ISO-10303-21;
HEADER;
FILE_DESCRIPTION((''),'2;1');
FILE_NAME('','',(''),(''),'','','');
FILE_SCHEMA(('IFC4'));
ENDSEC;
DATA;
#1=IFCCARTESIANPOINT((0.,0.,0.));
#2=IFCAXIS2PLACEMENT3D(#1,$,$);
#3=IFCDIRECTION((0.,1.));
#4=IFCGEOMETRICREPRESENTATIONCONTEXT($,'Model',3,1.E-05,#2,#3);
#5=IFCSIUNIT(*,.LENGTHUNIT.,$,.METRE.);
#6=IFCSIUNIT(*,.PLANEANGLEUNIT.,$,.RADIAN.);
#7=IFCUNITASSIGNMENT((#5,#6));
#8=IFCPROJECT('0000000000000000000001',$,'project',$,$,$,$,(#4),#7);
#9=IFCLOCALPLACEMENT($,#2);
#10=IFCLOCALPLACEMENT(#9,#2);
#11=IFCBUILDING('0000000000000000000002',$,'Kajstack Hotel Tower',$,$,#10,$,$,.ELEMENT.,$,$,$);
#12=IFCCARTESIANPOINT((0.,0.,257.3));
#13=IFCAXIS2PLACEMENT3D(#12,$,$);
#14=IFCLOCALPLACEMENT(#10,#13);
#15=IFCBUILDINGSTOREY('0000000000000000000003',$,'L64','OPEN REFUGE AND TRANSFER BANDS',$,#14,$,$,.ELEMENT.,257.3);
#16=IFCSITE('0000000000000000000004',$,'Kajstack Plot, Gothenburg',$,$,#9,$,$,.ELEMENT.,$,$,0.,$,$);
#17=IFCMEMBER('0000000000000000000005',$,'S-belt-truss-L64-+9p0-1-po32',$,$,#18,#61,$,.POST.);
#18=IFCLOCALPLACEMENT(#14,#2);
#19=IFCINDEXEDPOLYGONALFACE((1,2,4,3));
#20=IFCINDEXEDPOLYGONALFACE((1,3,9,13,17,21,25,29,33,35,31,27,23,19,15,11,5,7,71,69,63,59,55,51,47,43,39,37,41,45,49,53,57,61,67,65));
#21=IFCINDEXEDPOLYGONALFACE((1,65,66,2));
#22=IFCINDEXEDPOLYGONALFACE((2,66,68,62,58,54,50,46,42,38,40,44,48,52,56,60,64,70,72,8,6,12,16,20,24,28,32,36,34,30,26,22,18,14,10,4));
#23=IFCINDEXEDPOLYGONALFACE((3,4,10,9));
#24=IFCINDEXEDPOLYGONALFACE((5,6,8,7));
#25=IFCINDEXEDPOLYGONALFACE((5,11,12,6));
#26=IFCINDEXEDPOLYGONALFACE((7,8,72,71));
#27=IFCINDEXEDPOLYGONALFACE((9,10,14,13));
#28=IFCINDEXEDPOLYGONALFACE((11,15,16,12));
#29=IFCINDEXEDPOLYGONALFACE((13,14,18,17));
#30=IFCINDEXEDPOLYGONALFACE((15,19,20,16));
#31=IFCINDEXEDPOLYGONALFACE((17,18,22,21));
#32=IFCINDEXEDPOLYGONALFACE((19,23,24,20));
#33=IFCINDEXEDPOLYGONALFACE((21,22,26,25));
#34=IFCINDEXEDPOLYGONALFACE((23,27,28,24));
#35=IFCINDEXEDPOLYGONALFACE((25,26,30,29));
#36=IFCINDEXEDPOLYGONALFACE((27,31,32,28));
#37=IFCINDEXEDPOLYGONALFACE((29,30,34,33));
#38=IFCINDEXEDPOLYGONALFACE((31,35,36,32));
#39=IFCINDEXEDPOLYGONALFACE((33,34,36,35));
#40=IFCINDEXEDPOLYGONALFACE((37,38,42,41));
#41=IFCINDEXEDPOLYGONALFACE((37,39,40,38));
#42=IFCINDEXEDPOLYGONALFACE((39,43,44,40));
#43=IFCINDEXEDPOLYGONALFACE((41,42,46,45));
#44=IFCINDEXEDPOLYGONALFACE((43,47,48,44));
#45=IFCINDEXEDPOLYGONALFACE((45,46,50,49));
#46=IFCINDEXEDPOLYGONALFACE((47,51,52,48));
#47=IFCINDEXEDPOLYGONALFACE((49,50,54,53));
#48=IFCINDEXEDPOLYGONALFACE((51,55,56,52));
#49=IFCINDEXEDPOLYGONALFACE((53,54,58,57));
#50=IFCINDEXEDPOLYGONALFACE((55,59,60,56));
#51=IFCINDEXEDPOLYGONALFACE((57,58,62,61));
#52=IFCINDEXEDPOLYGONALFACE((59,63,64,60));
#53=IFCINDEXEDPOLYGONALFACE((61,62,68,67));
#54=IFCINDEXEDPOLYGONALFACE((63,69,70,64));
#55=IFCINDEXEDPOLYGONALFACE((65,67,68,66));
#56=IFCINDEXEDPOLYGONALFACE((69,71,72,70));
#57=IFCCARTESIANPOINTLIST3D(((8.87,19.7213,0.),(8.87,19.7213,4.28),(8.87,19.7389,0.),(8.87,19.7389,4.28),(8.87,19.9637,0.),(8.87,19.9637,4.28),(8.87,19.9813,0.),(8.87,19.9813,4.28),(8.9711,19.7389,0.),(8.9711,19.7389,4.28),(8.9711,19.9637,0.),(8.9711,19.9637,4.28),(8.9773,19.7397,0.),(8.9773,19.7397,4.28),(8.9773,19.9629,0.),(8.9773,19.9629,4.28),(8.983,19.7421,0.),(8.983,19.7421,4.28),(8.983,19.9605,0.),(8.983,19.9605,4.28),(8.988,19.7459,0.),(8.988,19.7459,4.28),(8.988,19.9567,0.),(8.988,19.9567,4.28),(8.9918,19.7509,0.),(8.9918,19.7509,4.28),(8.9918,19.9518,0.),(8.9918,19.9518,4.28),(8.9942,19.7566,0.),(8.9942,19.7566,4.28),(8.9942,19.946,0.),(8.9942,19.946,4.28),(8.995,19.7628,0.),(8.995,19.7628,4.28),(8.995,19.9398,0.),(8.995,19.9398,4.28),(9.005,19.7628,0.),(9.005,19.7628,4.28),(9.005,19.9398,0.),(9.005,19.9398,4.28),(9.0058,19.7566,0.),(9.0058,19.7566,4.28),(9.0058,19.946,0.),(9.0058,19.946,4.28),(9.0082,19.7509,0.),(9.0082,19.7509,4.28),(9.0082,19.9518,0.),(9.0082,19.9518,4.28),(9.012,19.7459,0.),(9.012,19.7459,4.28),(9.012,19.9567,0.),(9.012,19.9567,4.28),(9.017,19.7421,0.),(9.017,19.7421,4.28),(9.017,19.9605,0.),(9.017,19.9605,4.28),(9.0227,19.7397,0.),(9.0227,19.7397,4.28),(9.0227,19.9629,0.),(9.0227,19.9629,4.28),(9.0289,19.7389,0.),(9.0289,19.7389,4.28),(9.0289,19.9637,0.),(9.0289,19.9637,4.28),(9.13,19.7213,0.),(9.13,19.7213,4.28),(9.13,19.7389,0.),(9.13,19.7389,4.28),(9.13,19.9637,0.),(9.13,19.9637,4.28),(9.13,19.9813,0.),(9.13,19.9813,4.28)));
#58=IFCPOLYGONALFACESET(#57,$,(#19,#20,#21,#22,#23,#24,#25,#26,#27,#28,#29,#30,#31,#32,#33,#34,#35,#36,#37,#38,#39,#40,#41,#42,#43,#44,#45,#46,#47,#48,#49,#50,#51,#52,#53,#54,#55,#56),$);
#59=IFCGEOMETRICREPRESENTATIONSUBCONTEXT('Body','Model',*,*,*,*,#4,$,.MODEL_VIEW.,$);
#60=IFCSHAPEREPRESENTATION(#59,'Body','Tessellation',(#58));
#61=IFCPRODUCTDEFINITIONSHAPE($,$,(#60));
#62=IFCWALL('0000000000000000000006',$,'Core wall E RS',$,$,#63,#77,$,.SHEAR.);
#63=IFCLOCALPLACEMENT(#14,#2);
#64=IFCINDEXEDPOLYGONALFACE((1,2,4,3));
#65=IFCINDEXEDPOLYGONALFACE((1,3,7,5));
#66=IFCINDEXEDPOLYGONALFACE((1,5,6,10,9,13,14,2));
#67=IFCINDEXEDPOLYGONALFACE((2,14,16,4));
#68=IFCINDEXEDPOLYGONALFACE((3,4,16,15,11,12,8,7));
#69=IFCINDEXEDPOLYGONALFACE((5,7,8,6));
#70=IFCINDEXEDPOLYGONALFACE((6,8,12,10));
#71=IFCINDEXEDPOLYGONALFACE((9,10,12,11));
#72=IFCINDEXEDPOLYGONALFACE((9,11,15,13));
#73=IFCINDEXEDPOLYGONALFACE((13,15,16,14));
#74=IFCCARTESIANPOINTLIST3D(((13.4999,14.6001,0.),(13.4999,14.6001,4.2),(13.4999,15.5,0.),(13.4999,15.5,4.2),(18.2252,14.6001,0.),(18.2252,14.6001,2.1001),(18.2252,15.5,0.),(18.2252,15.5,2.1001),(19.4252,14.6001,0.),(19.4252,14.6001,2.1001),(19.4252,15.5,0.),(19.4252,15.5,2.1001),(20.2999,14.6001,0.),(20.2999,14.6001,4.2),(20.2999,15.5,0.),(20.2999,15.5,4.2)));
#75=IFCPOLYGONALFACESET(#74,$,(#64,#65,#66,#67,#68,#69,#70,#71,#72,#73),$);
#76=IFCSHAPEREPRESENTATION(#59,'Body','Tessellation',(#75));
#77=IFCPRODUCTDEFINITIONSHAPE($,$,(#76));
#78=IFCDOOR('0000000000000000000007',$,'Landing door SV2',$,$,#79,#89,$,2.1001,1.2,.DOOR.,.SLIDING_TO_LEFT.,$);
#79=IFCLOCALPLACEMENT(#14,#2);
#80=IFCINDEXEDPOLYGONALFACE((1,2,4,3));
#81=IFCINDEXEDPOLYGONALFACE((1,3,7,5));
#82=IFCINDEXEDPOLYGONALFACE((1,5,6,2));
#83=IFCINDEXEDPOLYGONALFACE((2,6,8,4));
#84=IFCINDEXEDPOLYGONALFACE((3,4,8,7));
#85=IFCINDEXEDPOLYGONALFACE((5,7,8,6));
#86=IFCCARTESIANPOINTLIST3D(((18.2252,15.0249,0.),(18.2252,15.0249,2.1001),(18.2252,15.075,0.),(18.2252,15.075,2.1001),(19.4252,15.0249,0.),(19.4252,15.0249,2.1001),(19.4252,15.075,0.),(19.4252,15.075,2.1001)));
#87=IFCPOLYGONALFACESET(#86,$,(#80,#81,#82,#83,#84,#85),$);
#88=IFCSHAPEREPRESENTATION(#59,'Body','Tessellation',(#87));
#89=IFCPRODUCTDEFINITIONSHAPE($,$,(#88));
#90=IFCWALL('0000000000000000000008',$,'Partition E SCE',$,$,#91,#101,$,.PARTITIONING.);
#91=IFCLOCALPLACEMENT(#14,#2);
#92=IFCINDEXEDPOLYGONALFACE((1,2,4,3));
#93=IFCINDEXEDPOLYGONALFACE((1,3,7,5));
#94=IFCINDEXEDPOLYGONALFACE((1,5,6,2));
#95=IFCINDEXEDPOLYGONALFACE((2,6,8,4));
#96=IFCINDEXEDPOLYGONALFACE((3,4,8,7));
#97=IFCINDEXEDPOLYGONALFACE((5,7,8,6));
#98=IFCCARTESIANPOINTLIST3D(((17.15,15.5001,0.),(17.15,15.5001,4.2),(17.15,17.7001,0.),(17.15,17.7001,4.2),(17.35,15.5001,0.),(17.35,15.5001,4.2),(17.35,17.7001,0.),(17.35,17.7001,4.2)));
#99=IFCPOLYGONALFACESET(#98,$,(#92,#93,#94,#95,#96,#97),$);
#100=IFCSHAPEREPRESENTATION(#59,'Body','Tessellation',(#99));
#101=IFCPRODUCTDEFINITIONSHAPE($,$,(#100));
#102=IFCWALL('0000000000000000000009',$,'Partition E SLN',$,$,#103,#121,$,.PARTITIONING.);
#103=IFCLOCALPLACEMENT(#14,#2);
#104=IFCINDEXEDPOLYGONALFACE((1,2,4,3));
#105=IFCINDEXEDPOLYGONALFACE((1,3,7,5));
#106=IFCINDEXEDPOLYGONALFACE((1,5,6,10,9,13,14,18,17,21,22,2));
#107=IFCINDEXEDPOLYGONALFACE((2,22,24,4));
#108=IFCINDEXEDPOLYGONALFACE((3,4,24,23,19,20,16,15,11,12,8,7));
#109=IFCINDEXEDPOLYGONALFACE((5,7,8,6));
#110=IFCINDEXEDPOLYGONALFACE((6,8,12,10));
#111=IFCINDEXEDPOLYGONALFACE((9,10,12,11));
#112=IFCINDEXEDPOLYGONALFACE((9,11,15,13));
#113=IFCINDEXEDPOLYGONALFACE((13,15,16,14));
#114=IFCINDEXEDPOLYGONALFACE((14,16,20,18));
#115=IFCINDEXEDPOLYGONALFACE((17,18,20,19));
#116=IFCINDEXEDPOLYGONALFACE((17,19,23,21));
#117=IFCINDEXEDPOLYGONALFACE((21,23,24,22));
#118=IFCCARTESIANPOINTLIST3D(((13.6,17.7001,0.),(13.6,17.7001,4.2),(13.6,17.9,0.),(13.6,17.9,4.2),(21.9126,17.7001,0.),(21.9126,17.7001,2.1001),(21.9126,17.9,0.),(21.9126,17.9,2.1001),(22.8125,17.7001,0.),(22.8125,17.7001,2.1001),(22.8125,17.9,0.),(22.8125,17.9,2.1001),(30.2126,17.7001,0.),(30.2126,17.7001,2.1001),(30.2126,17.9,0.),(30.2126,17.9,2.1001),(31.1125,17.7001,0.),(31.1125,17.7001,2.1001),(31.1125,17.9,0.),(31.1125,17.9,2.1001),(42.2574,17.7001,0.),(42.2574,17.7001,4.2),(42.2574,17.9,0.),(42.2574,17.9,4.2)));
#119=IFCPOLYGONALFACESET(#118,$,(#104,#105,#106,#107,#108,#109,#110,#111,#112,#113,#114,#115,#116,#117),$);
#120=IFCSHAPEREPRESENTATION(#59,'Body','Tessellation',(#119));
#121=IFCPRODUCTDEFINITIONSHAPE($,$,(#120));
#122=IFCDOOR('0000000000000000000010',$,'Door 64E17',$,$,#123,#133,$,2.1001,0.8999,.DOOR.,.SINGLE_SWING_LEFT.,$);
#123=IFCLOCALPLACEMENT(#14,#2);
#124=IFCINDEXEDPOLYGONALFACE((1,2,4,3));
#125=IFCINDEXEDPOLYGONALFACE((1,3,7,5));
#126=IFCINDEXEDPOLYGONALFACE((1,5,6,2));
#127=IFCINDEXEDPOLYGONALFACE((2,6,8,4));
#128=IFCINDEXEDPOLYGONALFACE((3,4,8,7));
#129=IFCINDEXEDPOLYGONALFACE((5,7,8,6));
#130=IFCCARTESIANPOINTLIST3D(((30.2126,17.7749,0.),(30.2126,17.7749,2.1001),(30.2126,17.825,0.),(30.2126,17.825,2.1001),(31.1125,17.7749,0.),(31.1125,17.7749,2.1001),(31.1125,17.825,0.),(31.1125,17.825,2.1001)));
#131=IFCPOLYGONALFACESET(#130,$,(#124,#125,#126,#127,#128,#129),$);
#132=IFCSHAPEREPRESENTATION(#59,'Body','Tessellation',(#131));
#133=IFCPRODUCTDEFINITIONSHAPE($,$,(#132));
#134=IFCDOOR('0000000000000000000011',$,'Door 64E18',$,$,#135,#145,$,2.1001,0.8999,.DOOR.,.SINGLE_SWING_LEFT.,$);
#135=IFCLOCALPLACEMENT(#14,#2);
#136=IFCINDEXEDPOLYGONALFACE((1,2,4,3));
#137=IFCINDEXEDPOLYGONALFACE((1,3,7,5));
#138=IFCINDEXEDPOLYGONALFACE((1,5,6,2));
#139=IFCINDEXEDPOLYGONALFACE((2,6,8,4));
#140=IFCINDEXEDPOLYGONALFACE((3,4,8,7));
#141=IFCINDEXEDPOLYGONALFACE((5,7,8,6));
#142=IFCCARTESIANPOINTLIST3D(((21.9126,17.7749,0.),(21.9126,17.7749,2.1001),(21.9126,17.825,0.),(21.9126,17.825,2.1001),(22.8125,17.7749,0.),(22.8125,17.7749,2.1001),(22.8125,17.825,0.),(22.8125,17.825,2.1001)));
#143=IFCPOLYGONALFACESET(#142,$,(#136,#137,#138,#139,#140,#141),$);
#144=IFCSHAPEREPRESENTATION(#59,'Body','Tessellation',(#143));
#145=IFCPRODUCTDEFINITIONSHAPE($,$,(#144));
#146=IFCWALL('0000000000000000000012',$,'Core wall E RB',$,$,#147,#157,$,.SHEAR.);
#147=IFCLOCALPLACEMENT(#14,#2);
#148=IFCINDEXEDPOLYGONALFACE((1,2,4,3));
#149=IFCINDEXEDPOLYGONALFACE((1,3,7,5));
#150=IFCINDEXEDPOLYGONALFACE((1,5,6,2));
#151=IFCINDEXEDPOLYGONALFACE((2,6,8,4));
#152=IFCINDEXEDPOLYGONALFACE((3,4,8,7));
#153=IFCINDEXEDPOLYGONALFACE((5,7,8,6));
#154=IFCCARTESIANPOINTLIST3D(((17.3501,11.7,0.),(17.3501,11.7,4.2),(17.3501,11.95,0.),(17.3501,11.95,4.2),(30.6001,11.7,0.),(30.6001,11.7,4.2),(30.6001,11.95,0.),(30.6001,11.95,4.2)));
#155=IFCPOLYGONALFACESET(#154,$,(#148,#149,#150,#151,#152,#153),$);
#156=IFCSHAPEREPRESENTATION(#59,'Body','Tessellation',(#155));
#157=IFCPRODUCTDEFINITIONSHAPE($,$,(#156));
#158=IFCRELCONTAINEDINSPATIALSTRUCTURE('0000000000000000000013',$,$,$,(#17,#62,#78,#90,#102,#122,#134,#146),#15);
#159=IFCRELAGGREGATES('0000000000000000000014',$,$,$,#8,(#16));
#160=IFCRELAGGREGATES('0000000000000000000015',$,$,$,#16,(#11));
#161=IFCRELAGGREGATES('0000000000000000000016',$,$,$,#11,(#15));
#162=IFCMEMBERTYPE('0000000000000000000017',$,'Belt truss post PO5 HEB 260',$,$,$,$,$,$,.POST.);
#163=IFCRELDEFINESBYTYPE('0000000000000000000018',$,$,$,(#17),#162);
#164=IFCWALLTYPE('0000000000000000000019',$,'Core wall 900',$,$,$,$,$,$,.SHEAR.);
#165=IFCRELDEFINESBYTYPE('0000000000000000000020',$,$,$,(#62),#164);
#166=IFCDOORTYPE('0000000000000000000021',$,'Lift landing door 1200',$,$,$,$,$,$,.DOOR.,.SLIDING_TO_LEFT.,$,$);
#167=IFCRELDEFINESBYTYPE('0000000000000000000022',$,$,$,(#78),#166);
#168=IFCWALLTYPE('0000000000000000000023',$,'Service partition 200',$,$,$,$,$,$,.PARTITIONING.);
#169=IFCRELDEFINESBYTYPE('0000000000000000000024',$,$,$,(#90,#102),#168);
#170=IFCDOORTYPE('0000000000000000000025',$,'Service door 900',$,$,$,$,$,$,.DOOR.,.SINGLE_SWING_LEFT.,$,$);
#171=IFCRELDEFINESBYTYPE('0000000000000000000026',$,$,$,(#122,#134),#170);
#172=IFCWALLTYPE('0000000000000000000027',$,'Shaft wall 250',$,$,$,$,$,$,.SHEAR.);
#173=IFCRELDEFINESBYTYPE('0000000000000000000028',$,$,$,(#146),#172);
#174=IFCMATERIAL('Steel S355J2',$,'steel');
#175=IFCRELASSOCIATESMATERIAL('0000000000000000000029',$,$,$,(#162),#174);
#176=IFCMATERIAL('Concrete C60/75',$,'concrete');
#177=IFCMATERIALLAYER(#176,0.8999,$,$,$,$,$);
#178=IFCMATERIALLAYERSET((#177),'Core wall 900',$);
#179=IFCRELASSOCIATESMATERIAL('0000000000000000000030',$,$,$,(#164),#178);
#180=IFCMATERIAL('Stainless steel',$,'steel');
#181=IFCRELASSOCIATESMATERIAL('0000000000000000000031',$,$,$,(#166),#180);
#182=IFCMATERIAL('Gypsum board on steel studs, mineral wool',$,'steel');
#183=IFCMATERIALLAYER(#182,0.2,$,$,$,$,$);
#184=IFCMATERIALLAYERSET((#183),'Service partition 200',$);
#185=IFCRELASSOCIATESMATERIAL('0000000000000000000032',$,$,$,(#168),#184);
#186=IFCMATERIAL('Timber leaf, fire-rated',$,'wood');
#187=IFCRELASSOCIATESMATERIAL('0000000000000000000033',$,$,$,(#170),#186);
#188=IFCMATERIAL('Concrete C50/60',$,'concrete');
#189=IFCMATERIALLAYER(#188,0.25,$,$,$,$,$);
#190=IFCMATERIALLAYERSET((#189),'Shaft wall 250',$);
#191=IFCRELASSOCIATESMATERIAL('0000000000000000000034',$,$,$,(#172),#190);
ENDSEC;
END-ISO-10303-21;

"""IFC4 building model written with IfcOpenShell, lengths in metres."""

from ifc_helpers import new_model, si_unit, direction, frame, frame_2d, origin, origin_2d, place, context, subcontext, project, spatial, rectangle, i_section, extrude, material, layer, layer_set, material_profile, profile_set, type_object, element, fill, save


model = new_model("IFC4")

# Units and contexts
model_context = context("Model", 3, precision=1e-05, world=origin(), true_north=direction((0.0, 1.0)))
body_context = subcontext(model_context, "Body", "Model", "MODEL_VIEW")
ifc_project = project(units=[si_unit("LENGTHUNIT", "METRE"), si_unit("PLANEANGLEUNIT", "RADIAN")], contexts=[model_context])

# Site, building, storey
site_placement = place(None, origin())
site = spatial("IfcSite", under=ifc_project, at=site_placement, Name="Kajstack Plot, Gothenburg", CompositionType="ELEMENT", RefElevation=0.0)
building_placement = place(site_placement, origin())
building = spatial("IfcBuilding", under=site, at=building_placement, Name="Kajstack Hotel Tower", CompositionType="ELEMENT")
storey_placement = place(building_placement, frame((0.0, 0.0, 257.3)))
storey = spatial("IfcBuildingStorey", under=building, at=storey_placement, Name="L64", Description="OPEN REFUGE AND TRANSFER BANDS", CompositionType="ELEMENT", Elevation=257.3)

# Member
ifc_material_1 = material(Name="Steel S355J2", Category="steel")
ifc_material_profile_1 = material_profile(ifc_material_1, i_section(OverallWidth=0.26, OverallDepth=0.26, WebThickness=0.01, FlangeThickness=0.0176, FilletRadius=0.0239, at=origin_2d()), Name="HEB 260")
ifc_profile_set_1 = profile_set([ifc_material_profile_1], Name="Steel S355J2")
member_type_1 = type_object("IfcMemberType", Name="Belt truss post PO5 HEB 260", PredefinedType="POST", material=ifc_profile_set_1)
for number, where, z_axis, x_axis, name in (
    (1, (9.0, 19.8513, 0.0), (0.0, 0.0, 1.0), (1.0, 0.0, 0.0), "S-belt-truss-L64-+9p0-1-po32"),
):
    element("IfcMember", number, at=place(storey_placement, frame(where, z_axis=z_axis, x_axis=x_axis)), inside=storey, type_object=member_type_1, Name=name, PredefinedType="POST", context=body_context, shape_type="SweptSolid", body=[
        extrude(i_section(OverallWidth=0.26, OverallDepth=0.26, WebThickness=0.01, FlangeThickness=0.0176, FilletRadius=0.0239, at=origin_2d()), origin(), (0.0, 0.0, 1.0), 4.28),
    ])

# Wall, opening, door
ifc_material_2 = material(Name="Concrete C60/75", Category="concrete")
ifc_layer_1 = layer(ifc_material_2, 0.8999)
ifc_layer_set_1 = layer_set([ifc_layer_1], Name="Core wall 900")
wall_type_1 = type_object("IfcWallType", Name="Core wall 900", PredefinedType="SHEAR", material=ifc_layer_set_1)
wall_1_placement = place(storey_placement, frame((13.5, 15.05, 0.0), z_axis=(0.0, 0.0, 1.0), x_axis=(1.0, 0.0, 0.0)))
wall_1 = element("IfcWall", 2, at=wall_1_placement, inside=storey, type_object=wall_type_1, Name="Core wall E RS", PredefinedType="SHEAR", context=body_context, shape_type="SweptSolid", body=[
    extrude(rectangle(XDim=6.8, YDim=0.8999, at=frame_2d((3.3999, 0.0))), origin(), (0.0, 0.0, 1.0), 4.2),
])
opening_1_placement = place(wall_1_placement, frame((4.7251, 0.0, 0.0)))
opening_1 = element("IfcOpeningElement", 3, at=opening_1_placement, cuts=wall_1, PredefinedType="OPENING", context=body_context, shape_type="SweptSolid", body=[
    extrude(rectangle(XDim=1.2, YDim=2.1001, at=frame_2d((0.6001, 1.05))), frame((0.0, 0.46, 0.0), z_axis=(0.0, -1.0, 0.0), x_axis=(1.0, 0.0, 0.0)), (0.0, 0.0, 1.0), 0.9199),
])
ifc_material_3 = material(Name="Stainless steel", Category="steel")
door_type_1 = type_object("IfcDoorType", Name="Lift landing door 1200", OperationType="SLIDING_TO_LEFT", PredefinedType="DOOR", material=ifc_material_3)
door_1_placement = place(opening_1_placement, origin())
door_1 = element("IfcDoor", 4, at=door_1_placement, inside=storey, type_object=door_type_1, Name="Landing door SV2", OperationType="SLIDING_TO_LEFT", OverallHeight=2.1001, OverallWidth=1.2, PredefinedType="DOOR", context=body_context, shape_type="SweptSolid", body=[
    extrude(rectangle(XDim=1.2, YDim=2.1001, at=frame_2d((0.6001, 1.05))), frame((0.0, 0.0249, 0.0), z_axis=(0.0, -1.0, 0.0), x_axis=(1.0, 0.0, 0.0)), (0.0, 0.0, 1.0), 0.05),
])
fill(opening_1, door_1)

# Wall
ifc_material_4 = material(Name="Gypsum board on steel studs, mineral wool", Category="steel")
ifc_layer_2 = layer(ifc_material_4, 0.2)
ifc_layer_set_2 = layer_set([ifc_layer_2], Name="Service partition 200")
wall_type_2 = type_object("IfcWallType", Name="Service partition 200", PredefinedType="PARTITIONING", material=ifc_layer_set_2)
wall_2_placement = place(storey_placement, frame((17.25, 15.5, 0.0), z_axis=(0.0, 0.0, 1.0), x_axis=(0.0, 1.0, 0.0)))
element("IfcWall", 5, at=wall_2_placement, inside=storey, type_object=wall_type_2, Name="Partition E SCE", PredefinedType="PARTITIONING", context=body_context, shape_type="SweptSolid", body=[
    extrude(rectangle(XDim=2.2, YDim=0.2, at=frame_2d((1.1001, 0.0))), origin(), (0.0, 0.0, 1.0), 4.2),
])

# Wall, openings, doors
wall_3_placement = place(storey_placement, frame((13.6001, 17.8, 0.0), z_axis=(0.0, 0.0, 1.0), x_axis=(1.0, 0.0, 0.0)))
wall_3 = element("IfcWall", 6, at=wall_3_placement, inside=storey, type_object=wall_type_2, Name="Partition E SLN", PredefinedType="PARTITIONING", context=body_context, shape_type="SweptSolid", body=[
    extrude(rectangle(XDim=28.6575, YDim=0.2, at=frame_2d((14.3286, 0.0))), origin(), (0.0, 0.0, 1.0), 4.2),
])
opening_2_placement = place(wall_3_placement, frame((16.6125, 0.0, 0.0)))
opening_2 = element("IfcOpeningElement", 7, at=opening_2_placement, cuts=wall_3, PredefinedType="OPENING", context=body_context, shape_type="SweptSolid", body=[
    extrude(rectangle(XDim=0.8999, YDim=2.1001, at=frame_2d((0.45, 1.05))), frame((0.0, 0.1099, 0.0), z_axis=(0.0, -1.0, 0.0), x_axis=(1.0, 0.0, 0.0)), (0.0, 0.0, 1.0), 0.22),
])
opening_3_placement = place(wall_3_placement, frame((8.3125, 0.0, 0.0)))
opening_3 = element("IfcOpeningElement", 8, at=opening_3_placement, cuts=wall_3, PredefinedType="OPENING", context=body_context, shape_type="SweptSolid", body=[
    extrude(rectangle(XDim=0.8999, YDim=2.1001, at=frame_2d((0.45, 1.05))), frame((0.0, 0.1099, 0.0), z_axis=(0.0, -1.0, 0.0), x_axis=(1.0, 0.0, 0.0)), (0.0, 0.0, 1.0), 0.22),
])
ifc_material_5 = material(Name="Timber leaf, fire-rated", Category="wood")
door_type_2 = type_object("IfcDoorType", Name="Service door 900", OperationType="SINGLE_SWING_LEFT", PredefinedType="DOOR", material=ifc_material_5)
door_2_placement = place(opening_2_placement, origin())
door_2 = element("IfcDoor", 9, at=door_2_placement, inside=storey, type_object=door_type_2, Name="Door 64E17", OperationType="SINGLE_SWING_LEFT", OverallHeight=2.1001, OverallWidth=0.8999, PredefinedType="DOOR", context=body_context, shape_type="SweptSolid", body=[
    extrude(rectangle(XDim=0.8999, YDim=2.1001, at=frame_2d((0.45, 1.05))), frame((0.0, 0.0249, 0.0), z_axis=(0.0, -1.0, 0.0), x_axis=(1.0, 0.0, 0.0)), (0.0, 0.0, 1.0), 0.05),
])
fill(opening_2, door_2)
door_3_placement = place(opening_3_placement, origin())
door_3 = element("IfcDoor", 10, at=door_3_placement, inside=storey, type_object=door_type_2, Name="Door 64E18", OperationType="SINGLE_SWING_LEFT", OverallHeight=2.1001, OverallWidth=0.8999, PredefinedType="DOOR", context=body_context, shape_type="SweptSolid", body=[
    extrude(rectangle(XDim=0.8999, YDim=2.1001, at=frame_2d((0.45, 1.05))), frame((0.0, 0.0249, 0.0), z_axis=(0.0, -1.0, 0.0), x_axis=(1.0, 0.0, 0.0)), (0.0, 0.0, 1.0), 0.05),
])
fill(opening_3, door_3)

# Wall
ifc_material_6 = material(Name="Concrete C50/60", Category="concrete")
ifc_layer_3 = layer(ifc_material_6, 0.25)
ifc_layer_set_3 = layer_set([ifc_layer_3], Name="Shaft wall 250")
wall_type_3 = type_object("IfcWallType", Name="Shaft wall 250", PredefinedType="SHEAR", material=ifc_layer_set_3)
wall_4_placement = place(storey_placement, frame((17.3501, 11.825, 0.0), z_axis=(0.0, 0.0, 1.0), x_axis=(1.0, 0.0, 0.0)))
element("IfcWall", 11, at=wall_4_placement, inside=storey, type_object=wall_type_3, Name="Core wall E RB", PredefinedType="SHEAR", context=body_context, shape_type="SweptSolid", body=[
    extrude(rectangle(XDim=13.25, YDim=0.25, at=frame_2d((6.625, 0.0))), origin(), (0.0, 0.0, 1.0), 4.2),
])

save(model, "model.ifc")
